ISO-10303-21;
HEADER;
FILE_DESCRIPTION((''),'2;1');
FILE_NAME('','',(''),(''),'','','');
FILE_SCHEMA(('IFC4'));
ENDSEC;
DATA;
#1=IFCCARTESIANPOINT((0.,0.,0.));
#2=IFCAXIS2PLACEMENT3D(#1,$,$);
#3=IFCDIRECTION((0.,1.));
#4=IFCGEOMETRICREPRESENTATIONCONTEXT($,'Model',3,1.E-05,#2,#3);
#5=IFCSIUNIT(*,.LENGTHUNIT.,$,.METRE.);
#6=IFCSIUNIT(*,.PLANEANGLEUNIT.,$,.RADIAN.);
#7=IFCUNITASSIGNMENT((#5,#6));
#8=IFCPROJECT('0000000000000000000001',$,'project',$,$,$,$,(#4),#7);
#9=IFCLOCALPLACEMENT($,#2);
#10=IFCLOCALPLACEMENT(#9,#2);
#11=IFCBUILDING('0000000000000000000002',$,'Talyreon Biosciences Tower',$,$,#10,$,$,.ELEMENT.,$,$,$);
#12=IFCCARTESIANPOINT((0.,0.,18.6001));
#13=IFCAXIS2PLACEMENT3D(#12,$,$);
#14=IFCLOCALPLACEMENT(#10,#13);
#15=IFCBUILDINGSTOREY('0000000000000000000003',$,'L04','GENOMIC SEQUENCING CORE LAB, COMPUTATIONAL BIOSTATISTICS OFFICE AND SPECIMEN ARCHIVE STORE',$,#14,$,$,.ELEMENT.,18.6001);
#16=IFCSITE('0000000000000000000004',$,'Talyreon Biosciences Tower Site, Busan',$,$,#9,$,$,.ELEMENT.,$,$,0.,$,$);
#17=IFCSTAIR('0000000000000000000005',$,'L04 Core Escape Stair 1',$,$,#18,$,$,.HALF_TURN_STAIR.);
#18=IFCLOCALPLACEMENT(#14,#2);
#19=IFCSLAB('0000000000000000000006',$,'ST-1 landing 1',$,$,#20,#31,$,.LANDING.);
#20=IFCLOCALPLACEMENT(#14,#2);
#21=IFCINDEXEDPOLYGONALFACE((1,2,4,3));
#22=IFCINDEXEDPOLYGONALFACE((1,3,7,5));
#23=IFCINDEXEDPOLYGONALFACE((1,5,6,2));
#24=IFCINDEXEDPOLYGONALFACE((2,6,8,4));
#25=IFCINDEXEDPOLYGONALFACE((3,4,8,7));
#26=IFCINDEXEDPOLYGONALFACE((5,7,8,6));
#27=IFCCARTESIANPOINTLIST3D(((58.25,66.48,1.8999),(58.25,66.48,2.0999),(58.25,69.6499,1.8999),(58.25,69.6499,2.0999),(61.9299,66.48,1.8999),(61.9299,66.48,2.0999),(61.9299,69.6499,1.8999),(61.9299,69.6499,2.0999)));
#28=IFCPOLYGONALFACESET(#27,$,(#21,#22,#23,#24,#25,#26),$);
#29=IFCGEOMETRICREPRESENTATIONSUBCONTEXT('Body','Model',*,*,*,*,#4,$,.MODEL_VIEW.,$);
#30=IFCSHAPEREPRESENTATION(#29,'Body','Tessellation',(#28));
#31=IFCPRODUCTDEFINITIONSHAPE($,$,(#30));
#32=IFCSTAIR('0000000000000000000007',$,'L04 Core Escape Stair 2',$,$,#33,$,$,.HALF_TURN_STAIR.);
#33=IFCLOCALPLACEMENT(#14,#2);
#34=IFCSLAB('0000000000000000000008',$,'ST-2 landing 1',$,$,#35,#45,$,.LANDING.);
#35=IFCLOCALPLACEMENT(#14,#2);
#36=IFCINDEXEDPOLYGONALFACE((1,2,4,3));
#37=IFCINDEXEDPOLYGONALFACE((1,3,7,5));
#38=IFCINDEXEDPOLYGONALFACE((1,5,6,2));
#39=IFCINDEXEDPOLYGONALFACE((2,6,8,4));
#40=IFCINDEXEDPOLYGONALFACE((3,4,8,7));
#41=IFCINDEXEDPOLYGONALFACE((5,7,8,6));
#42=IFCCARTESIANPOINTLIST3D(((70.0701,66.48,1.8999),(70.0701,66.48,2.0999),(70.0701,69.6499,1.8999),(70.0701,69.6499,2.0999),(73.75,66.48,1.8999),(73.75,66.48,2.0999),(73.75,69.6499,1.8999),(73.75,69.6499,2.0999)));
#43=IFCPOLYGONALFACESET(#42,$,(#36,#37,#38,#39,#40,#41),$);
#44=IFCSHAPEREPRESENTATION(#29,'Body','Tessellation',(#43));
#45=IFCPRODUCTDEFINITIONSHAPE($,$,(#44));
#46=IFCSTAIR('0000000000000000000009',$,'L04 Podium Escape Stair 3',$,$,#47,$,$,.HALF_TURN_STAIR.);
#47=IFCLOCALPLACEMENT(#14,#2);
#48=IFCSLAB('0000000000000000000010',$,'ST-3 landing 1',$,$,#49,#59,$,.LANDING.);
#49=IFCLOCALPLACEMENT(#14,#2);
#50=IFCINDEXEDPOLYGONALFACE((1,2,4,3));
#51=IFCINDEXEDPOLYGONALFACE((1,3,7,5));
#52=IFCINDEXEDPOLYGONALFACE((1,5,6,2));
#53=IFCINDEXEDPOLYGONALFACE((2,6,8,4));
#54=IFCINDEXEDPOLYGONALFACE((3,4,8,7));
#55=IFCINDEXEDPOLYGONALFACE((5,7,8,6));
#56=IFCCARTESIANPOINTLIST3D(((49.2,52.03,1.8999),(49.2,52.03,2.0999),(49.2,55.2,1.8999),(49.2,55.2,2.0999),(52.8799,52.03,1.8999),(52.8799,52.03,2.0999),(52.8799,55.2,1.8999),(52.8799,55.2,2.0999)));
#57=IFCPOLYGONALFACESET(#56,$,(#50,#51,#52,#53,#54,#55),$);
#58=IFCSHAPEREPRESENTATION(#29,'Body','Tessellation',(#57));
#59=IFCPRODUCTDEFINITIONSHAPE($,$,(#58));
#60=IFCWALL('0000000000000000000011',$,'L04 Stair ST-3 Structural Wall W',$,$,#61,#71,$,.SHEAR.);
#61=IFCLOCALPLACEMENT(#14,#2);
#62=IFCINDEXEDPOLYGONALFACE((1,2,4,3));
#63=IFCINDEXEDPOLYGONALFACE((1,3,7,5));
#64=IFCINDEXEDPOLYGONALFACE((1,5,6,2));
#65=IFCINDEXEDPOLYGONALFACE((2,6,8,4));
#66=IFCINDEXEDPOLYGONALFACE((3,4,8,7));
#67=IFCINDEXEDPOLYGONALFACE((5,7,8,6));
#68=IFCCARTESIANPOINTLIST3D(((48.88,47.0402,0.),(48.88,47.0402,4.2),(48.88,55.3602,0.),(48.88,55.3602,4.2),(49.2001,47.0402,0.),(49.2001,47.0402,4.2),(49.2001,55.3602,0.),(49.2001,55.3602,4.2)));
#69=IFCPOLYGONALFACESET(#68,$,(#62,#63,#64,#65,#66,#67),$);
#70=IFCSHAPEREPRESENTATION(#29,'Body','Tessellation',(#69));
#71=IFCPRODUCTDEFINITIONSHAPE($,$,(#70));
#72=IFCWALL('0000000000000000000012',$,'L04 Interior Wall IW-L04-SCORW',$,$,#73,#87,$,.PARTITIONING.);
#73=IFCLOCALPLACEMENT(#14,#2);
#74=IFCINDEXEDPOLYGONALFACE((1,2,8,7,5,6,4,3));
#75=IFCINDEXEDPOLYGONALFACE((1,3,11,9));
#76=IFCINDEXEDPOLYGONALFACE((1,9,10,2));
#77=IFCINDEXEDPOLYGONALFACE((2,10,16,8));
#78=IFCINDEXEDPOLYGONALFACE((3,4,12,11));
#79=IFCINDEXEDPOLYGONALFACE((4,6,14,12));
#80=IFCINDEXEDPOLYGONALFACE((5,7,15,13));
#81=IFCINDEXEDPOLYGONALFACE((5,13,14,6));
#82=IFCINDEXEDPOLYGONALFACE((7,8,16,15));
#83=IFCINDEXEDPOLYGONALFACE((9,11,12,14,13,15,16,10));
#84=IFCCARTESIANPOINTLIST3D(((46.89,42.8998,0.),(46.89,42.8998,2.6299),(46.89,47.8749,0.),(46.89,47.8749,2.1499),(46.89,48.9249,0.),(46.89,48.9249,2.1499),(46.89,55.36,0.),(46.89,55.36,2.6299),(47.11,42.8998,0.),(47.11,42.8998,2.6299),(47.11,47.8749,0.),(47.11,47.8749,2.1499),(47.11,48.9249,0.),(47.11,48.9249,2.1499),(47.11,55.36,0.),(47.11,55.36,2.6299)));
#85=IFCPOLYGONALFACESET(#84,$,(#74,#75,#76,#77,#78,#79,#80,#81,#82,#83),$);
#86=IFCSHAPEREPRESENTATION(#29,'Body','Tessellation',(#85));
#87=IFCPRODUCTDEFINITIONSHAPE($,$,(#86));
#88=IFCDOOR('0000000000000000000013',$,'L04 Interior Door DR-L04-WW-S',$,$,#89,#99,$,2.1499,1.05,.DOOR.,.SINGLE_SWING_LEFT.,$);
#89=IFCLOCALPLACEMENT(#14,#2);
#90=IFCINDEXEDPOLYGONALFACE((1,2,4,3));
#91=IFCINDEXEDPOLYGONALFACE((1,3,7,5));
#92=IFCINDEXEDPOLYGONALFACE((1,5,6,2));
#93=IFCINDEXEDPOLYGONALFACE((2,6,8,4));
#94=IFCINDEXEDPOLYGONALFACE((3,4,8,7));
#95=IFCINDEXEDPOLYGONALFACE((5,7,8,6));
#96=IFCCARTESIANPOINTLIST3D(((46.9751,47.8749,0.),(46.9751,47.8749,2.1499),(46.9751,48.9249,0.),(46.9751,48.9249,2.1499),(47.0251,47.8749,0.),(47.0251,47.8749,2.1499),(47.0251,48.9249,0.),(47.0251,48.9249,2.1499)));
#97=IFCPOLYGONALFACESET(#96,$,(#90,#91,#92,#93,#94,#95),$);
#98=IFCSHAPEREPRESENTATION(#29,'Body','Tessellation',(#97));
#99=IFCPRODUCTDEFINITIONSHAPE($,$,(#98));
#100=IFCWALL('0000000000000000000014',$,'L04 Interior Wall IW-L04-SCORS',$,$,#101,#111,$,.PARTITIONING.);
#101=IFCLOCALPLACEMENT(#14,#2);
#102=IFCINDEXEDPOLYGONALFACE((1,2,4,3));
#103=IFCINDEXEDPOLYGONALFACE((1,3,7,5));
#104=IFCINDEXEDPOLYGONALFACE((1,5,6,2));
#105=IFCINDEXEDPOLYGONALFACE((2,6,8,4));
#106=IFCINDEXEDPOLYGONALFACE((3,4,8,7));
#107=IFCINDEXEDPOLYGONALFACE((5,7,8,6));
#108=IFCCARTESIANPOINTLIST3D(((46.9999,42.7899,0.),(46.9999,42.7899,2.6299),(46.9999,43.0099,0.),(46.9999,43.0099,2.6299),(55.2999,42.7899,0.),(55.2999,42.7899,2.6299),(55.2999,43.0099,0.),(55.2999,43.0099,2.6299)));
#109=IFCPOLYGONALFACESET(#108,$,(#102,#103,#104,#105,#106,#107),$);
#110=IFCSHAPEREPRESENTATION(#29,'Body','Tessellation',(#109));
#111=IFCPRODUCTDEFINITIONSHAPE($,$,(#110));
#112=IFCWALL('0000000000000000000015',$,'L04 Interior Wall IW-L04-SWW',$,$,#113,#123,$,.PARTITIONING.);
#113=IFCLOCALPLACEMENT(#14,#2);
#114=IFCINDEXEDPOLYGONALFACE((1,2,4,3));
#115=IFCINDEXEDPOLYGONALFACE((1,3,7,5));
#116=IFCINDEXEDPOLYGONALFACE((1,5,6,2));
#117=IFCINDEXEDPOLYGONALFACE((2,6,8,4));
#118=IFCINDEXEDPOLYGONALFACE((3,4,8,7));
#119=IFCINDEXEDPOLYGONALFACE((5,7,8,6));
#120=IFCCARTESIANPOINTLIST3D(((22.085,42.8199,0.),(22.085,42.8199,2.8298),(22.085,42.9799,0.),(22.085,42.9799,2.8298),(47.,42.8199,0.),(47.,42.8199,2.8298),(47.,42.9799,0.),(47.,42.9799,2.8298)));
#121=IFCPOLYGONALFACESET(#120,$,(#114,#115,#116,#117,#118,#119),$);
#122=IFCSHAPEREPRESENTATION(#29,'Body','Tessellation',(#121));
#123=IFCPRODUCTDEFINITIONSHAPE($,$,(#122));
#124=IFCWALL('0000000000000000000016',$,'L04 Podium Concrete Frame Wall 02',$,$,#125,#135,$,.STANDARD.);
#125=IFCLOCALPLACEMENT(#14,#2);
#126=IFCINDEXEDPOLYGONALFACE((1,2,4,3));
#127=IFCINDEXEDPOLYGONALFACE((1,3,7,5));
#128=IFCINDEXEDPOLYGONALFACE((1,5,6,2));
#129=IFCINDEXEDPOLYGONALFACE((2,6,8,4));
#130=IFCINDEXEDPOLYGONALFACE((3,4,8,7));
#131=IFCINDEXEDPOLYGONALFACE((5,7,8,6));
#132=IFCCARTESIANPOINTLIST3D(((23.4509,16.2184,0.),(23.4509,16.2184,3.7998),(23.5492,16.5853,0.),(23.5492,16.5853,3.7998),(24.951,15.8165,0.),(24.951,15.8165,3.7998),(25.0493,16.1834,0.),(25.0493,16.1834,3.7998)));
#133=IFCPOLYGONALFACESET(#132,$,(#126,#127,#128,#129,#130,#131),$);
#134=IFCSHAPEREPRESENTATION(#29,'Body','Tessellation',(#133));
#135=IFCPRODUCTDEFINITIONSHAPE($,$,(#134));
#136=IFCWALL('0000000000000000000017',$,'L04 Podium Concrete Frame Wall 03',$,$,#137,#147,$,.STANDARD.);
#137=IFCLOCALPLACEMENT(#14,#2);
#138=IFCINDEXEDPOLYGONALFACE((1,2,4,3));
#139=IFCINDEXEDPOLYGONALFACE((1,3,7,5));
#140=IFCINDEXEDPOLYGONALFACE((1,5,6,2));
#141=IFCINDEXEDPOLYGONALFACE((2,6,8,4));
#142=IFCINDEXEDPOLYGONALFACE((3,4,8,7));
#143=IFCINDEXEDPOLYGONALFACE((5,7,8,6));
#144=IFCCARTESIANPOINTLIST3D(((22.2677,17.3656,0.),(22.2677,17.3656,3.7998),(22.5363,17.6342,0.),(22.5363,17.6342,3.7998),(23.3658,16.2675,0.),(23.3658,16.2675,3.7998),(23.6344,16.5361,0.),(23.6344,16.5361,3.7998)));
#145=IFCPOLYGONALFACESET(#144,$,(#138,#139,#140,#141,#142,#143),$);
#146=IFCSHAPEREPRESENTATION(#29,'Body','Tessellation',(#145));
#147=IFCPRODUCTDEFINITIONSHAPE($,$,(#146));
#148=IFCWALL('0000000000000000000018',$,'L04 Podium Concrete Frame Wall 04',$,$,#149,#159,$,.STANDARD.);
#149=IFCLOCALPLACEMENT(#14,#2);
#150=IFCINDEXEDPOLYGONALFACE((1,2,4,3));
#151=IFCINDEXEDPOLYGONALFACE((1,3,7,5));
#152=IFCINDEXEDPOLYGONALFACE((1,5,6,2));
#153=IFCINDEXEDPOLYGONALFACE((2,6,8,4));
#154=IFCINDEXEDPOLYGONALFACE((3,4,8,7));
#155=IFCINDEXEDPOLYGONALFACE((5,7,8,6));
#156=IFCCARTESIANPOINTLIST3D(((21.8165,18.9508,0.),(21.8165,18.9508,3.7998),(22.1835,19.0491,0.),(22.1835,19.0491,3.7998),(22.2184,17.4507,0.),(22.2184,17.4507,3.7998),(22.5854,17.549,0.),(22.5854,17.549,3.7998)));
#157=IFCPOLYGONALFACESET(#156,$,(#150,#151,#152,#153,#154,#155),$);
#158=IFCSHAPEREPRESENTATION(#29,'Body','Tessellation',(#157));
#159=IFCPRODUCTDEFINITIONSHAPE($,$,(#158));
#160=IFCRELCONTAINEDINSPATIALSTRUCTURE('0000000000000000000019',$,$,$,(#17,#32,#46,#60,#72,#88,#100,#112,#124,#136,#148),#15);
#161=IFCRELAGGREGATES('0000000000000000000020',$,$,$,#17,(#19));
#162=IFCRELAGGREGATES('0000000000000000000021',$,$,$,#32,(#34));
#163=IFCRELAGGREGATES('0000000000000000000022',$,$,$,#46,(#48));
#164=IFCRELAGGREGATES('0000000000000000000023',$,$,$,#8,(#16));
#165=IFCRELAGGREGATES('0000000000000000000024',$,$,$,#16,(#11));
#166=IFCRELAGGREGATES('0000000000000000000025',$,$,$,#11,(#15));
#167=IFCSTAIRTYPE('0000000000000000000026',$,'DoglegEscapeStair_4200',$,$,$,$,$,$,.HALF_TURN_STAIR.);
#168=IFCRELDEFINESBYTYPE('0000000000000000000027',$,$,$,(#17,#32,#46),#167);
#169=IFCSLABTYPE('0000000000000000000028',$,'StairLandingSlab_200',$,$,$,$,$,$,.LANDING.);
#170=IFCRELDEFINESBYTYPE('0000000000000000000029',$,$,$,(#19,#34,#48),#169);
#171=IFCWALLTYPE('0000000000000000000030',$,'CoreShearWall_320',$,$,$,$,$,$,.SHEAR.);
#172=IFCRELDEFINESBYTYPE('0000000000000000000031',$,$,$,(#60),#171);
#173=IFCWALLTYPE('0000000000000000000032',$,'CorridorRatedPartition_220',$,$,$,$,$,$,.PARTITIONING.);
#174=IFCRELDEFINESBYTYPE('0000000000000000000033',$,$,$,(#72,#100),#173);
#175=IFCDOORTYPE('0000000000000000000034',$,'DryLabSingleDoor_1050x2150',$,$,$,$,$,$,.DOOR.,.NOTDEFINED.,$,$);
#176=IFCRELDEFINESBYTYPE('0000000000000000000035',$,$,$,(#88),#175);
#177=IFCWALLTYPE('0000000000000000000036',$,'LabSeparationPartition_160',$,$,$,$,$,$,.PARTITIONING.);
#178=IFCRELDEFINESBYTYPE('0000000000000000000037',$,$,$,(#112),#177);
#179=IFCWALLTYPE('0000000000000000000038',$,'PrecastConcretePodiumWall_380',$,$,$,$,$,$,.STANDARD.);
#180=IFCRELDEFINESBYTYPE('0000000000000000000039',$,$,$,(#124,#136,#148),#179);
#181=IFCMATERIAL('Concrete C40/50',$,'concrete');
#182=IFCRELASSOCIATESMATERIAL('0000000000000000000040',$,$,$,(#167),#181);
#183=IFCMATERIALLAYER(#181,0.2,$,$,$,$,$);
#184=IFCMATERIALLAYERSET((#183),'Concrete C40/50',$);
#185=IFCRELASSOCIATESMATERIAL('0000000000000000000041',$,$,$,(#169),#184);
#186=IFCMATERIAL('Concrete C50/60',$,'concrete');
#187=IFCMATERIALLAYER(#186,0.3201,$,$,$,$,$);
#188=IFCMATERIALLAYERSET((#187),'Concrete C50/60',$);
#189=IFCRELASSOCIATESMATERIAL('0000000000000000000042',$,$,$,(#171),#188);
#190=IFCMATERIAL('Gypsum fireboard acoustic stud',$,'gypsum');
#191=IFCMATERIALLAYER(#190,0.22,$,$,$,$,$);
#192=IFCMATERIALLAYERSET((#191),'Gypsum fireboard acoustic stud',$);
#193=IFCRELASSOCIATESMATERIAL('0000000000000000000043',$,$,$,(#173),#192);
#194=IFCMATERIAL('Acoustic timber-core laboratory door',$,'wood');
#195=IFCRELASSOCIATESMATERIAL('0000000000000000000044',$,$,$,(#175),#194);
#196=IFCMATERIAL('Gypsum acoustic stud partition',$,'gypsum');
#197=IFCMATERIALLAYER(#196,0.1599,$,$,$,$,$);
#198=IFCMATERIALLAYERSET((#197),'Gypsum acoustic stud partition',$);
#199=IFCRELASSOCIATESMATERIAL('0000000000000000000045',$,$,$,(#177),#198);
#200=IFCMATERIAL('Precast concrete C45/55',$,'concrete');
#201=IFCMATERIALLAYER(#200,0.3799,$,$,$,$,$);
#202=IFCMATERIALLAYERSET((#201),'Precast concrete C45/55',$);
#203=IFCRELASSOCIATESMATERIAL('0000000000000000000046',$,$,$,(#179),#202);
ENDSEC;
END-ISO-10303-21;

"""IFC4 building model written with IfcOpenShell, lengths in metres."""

from ifc_helpers import new_model, si_unit, direction, frame, frame_2d, origin, place, context, subcontext, project, spatial, polyline, rectangle, outline, extrude, material, layer, layer_set, type_object, element, fill, aggregate, save


model = new_model("IFC4")

# Units and contexts
model_context = context("Model", 3, precision=1e-05, world=origin(), true_north=direction((0.0, 1.0)))
body_context = subcontext(model_context, "Body", "Model", "MODEL_VIEW")
ifc_project = project(units=[si_unit("LENGTHUNIT", "METRE"), si_unit("PLANEANGLEUNIT", "RADIAN")], contexts=[model_context])

# Site, building, storey
site_placement = place(None, origin())
site = spatial("IfcSite", under=ifc_project, at=site_placement, Name="Talyreon Biosciences Tower Site, Busan", CompositionType="ELEMENT", RefElevation=0.0)
building_placement = place(site_placement, origin())
building = spatial("IfcBuilding", under=site, at=building_placement, Name="Talyreon Biosciences Tower", CompositionType="ELEMENT")
storey_placement = place(building_placement, frame((0.0, 0.0, 18.6001)))
storey = spatial("IfcBuildingStorey", under=building, at=storey_placement, Name="L04", Description="GENOMIC SEQUENCING CORE LAB, COMPUTATIONAL BIOSTATISTICS OFFICE AND SPECIMEN ARCHIVE STORE", CompositionType="ELEMENT", Elevation=18.6001)

# Shared definitions
ifc_material_1 = material(Name="Concrete C50/60", Category="concrete")

# Shared definitions
ifc_material_2 = material(Name="Concrete C40/50", Category="concrete")

# Stairs, slabs
stair_type = type_object("IfcStairType", Name="DoglegEscapeStair_4200", PredefinedType="HALF_TURN_STAIR", material=ifc_material_2)
stair_1_placement = place(storey_placement, origin())
stair_1 = element("IfcStair", 1, at=stair_1_placement, inside=storey, type_object=stair_type, Name="L04 Core Escape Stair 1", PredefinedType="HALF_TURN_STAIR")
ifc_layer_1 = layer(ifc_material_2, 0.2)
ifc_layer_set_1 = layer_set([ifc_layer_1], Name="Concrete C40/50")
slab_type_1 = type_object("IfcSlabType", Name="StairLandingSlab_200", PredefinedType="LANDING", material=ifc_layer_set_1)
slab_1_placement = place(storey_placement, frame((0.0, 0.0, 1.8999)))
slab_1 = element("IfcSlab", 2, at=slab_1_placement, type_object=slab_type_1, Name="ST-1 landing 1", PredefinedType="LANDING", context=body_context, shape_type="SweptSolid", body=[
    extrude(outline(polyline([(61.9299, 66.48), (61.9299, 69.6499), (58.25, 69.6499), (58.25, 66.48), (61.9299, 66.48)])), origin(), (0.0, 0.0, 1.0), 0.2),
])
aggregate(stair_1, [slab_1])
stair_2_placement = place(storey_placement, origin())
stair_2 = element("IfcStair", 3, at=stair_2_placement, inside=storey, type_object=stair_type, Name="L04 Core Escape Stair 2", PredefinedType="HALF_TURN_STAIR")
slab_2_placement = place(storey_placement, frame((0.0, 0.0, 1.8999)))
slab_2 = element("IfcSlab", 4, at=slab_2_placement, type_object=slab_type_1, Name="ST-2 landing 1", PredefinedType="LANDING", context=body_context, shape_type="SweptSolid", body=[
    extrude(outline(polyline([(73.75, 66.48), (73.75, 69.6499), (70.0701, 69.6499), (70.0701, 66.48), (73.75, 66.48)])), origin(), (0.0, 0.0, 1.0), 0.2),
])
aggregate(stair_2, [slab_2])
stair_3_placement = place(storey_placement, origin())
stair_3 = element("IfcStair", 5, at=stair_3_placement, inside=storey, type_object=stair_type, Name="L04 Podium Escape Stair 3", PredefinedType="HALF_TURN_STAIR")
slab_3_placement = place(storey_placement, frame((0.0, 0.0, 1.8999)))
slab_3 = element("IfcSlab", 6, at=slab_3_placement, type_object=slab_type_1, Name="ST-3 landing 1", PredefinedType="LANDING", context=body_context, shape_type="SweptSolid", body=[
    extrude(outline(polyline([(52.8799, 52.03), (52.8799, 55.2), (49.2, 55.2), (49.2, 52.03), (52.8799, 52.03)])), origin(), (0.0, 0.0, 1.0), 0.2),
])
aggregate(stair_3, [slab_3])

# Wall
ifc_layer_2 = layer(ifc_material_1, 0.3201)
ifc_layer_set_2 = layer_set([ifc_layer_2], Name="Concrete C50/60")
wall_type_1 = type_object("IfcWallType", Name="CoreShearWall_320", PredefinedType="SHEAR", material=ifc_layer_set_2)
wall_1_placement = place(storey_placement, frame((49.04, 47.04, 0.0), z_axis=(0.0, 0.0, 1.0), x_axis=(0.0, 1.0, 0.0)))
element("IfcWall", 7, at=wall_1_placement, inside=storey, type_object=wall_type_1, Name="L04 Stair ST-3 Structural Wall W", PredefinedType="SHEAR", context=body_context, shape_type="SweptSolid", body=[
    extrude(rectangle(XDim=8.3201, YDim=0.3201, at=frame_2d((4.1602, 0.0))), origin(), (0.0, 0.0, 1.0), 4.2),
])

# Wall, opening, door
ifc_material_3 = material(Name="Gypsum fireboard acoustic stud", Category="gypsum")
ifc_layer_3 = layer(ifc_material_3, 0.22)
ifc_layer_set_3 = layer_set([ifc_layer_3], Name="Gypsum fireboard acoustic stud")
wall_type_2 = type_object("IfcWallType", Name="CorridorRatedPartition_220", PredefinedType="PARTITIONING", material=ifc_layer_set_3)
wall_2_placement = place(storey_placement, frame((47.0, 42.8999, 0.0), z_axis=(0.0, 0.0, 1.0), x_axis=(0.0, 1.0, 0.0)))
wall_2 = element("IfcWall", 8, at=wall_2_placement, inside=storey, type_object=wall_type_2, Name="L04 Interior Wall IW-L04-SCORW", PredefinedType="PARTITIONING", context=body_context, shape_type="SweptSolid", body=[
    extrude(rectangle(XDim=12.4602, YDim=0.22, at=frame_2d((6.23, 0.0))), origin(), (0.0, 0.0, 1.0), 2.6299),
])
opening_1_placement = place(wall_2_placement, frame((4.9751, 0.0, 0.0)))
opening_1 = element("IfcOpeningElement", 9, at=opening_1_placement, cuts=wall_2, PredefinedType="OPENING", context=body_context, shape_type="SweptSolid", body=[
    extrude(rectangle(XDim=1.05, YDim=2.1499, at=frame_2d((0.5249, 1.075))), frame((0.0, 0.1199, 0.0), z_axis=(0.0, -1.0, 0.0), x_axis=(1.0, 0.0, 0.0)), (0.0, 0.0, 1.0), 0.24),
])
ifc_material_4 = material(Name="Acoustic timber-core laboratory door", Category="wood")
door_type_1 = type_object("IfcDoorType", Name="DryLabSingleDoor_1050x2150", OperationType="NOTDEFINED", PredefinedType="DOOR", material=ifc_material_4)
door_1_placement = place(opening_1_placement, origin())
door_1 = element("IfcDoor", 10, at=door_1_placement, inside=storey, type_object=door_type_1, Name="L04 Interior Door DR-L04-WW-S", OperationType="SINGLE_SWING_LEFT", OverallHeight=2.1499, OverallWidth=1.05, PredefinedType="DOOR", context=body_context, shape_type="SweptSolid", body=[
    extrude(rectangle(XDim=1.05, YDim=2.1499, at=frame_2d((0.5249, 1.075))), frame((0.0, 0.0249, 0.0), z_axis=(0.0, -1.0, 0.0), x_axis=(1.0, 0.0, 0.0)), (0.0, 0.0, 1.0), 0.05),
])
fill(opening_1, door_1)

# Walls
wall_3_placement = place(storey_placement, frame((47.0, 42.8999, 0.0), z_axis=(0.0, 0.0, 1.0), x_axis=(1.0, 0.0, 0.0)))
element("IfcWall", 11, at=wall_3_placement, inside=storey, type_object=wall_type_2, Name="L04 Interior Wall IW-L04-SCORS", PredefinedType="PARTITIONING", context=body_context, shape_type="SweptSolid", body=[
    extrude(rectangle(XDim=8.3, YDim=0.22, at=frame_2d((4.1499, 0.0))), origin(), (0.0, 0.0, 1.0), 2.6299),
])
ifc_material_5 = material(Name="Gypsum acoustic stud partition", Category="gypsum")
ifc_layer_4 = layer(ifc_material_5, 0.1599)
ifc_layer_set_4 = layer_set([ifc_layer_4], Name="Gypsum acoustic stud partition")
wall_type_3 = type_object("IfcWallType", Name="LabSeparationPartition_160", PredefinedType="PARTITIONING", material=ifc_layer_set_4)
wall_4_placement = place(storey_placement, frame((22.085, 42.8999, 0.0), z_axis=(0.0, 0.0, 1.0), x_axis=(1.0, 0.0, 0.0)))
element("IfcWall", 12, at=wall_4_placement, inside=storey, type_object=wall_type_3, Name="L04 Interior Wall IW-L04-SWW", PredefinedType="PARTITIONING", context=body_context, shape_type="SweptSolid", body=[
    extrude(rectangle(XDim=24.915, YDim=0.1599, at=frame_2d((12.4575, 0.0))), origin(), (0.0, 0.0, 1.0), 2.8298),
])
ifc_material_6 = material(Name="Precast concrete C45/55", Category="concrete")
ifc_layer_5 = layer(ifc_material_6, 0.3799)
ifc_layer_set_5 = layer_set([ifc_layer_5], Name="Precast concrete C45/55")
wall_type_4 = type_object("IfcWallType", Name="PrecastConcretePodiumWall_380", PredefinedType="STANDARD", material=ifc_layer_set_5)
for number, where, z_axis, x_axis, name in (
    (13, (25.0, 16.0, 0.0), (0.0, 0.0, 1.0), (-0.965937, 0.258778, 0.0), "L04 Podium Concrete Frame Wall 02"),
    (14, (23.5, 16.4019, 0.0), (0.0, 0.0, 1.0), (-0.707107, 0.707107, 0.0), "L04 Podium Concrete Frame Wall 03"),
    (15, (22.4019, 17.5, 0.0), (0.0, 0.0, 1.0), (-0.258778, 0.965937, 0.0), "L04 Podium Concrete Frame Wall 04"),
):
    element("IfcWall", number, at=place(storey_placement, frame(where, z_axis=z_axis, x_axis=x_axis)), inside=storey, type_object=wall_type_4, Name=name, PredefinedType="STANDARD", context=body_context, shape_type="SweptSolid", body=[
        extrude(rectangle(XDim=1.553, YDim=0.3799, at=frame_2d((0.7764, 0.0))), origin(), (0.0, 0.0, 1.0), 3.7998),
    ])

save(model, "model.ifc")
